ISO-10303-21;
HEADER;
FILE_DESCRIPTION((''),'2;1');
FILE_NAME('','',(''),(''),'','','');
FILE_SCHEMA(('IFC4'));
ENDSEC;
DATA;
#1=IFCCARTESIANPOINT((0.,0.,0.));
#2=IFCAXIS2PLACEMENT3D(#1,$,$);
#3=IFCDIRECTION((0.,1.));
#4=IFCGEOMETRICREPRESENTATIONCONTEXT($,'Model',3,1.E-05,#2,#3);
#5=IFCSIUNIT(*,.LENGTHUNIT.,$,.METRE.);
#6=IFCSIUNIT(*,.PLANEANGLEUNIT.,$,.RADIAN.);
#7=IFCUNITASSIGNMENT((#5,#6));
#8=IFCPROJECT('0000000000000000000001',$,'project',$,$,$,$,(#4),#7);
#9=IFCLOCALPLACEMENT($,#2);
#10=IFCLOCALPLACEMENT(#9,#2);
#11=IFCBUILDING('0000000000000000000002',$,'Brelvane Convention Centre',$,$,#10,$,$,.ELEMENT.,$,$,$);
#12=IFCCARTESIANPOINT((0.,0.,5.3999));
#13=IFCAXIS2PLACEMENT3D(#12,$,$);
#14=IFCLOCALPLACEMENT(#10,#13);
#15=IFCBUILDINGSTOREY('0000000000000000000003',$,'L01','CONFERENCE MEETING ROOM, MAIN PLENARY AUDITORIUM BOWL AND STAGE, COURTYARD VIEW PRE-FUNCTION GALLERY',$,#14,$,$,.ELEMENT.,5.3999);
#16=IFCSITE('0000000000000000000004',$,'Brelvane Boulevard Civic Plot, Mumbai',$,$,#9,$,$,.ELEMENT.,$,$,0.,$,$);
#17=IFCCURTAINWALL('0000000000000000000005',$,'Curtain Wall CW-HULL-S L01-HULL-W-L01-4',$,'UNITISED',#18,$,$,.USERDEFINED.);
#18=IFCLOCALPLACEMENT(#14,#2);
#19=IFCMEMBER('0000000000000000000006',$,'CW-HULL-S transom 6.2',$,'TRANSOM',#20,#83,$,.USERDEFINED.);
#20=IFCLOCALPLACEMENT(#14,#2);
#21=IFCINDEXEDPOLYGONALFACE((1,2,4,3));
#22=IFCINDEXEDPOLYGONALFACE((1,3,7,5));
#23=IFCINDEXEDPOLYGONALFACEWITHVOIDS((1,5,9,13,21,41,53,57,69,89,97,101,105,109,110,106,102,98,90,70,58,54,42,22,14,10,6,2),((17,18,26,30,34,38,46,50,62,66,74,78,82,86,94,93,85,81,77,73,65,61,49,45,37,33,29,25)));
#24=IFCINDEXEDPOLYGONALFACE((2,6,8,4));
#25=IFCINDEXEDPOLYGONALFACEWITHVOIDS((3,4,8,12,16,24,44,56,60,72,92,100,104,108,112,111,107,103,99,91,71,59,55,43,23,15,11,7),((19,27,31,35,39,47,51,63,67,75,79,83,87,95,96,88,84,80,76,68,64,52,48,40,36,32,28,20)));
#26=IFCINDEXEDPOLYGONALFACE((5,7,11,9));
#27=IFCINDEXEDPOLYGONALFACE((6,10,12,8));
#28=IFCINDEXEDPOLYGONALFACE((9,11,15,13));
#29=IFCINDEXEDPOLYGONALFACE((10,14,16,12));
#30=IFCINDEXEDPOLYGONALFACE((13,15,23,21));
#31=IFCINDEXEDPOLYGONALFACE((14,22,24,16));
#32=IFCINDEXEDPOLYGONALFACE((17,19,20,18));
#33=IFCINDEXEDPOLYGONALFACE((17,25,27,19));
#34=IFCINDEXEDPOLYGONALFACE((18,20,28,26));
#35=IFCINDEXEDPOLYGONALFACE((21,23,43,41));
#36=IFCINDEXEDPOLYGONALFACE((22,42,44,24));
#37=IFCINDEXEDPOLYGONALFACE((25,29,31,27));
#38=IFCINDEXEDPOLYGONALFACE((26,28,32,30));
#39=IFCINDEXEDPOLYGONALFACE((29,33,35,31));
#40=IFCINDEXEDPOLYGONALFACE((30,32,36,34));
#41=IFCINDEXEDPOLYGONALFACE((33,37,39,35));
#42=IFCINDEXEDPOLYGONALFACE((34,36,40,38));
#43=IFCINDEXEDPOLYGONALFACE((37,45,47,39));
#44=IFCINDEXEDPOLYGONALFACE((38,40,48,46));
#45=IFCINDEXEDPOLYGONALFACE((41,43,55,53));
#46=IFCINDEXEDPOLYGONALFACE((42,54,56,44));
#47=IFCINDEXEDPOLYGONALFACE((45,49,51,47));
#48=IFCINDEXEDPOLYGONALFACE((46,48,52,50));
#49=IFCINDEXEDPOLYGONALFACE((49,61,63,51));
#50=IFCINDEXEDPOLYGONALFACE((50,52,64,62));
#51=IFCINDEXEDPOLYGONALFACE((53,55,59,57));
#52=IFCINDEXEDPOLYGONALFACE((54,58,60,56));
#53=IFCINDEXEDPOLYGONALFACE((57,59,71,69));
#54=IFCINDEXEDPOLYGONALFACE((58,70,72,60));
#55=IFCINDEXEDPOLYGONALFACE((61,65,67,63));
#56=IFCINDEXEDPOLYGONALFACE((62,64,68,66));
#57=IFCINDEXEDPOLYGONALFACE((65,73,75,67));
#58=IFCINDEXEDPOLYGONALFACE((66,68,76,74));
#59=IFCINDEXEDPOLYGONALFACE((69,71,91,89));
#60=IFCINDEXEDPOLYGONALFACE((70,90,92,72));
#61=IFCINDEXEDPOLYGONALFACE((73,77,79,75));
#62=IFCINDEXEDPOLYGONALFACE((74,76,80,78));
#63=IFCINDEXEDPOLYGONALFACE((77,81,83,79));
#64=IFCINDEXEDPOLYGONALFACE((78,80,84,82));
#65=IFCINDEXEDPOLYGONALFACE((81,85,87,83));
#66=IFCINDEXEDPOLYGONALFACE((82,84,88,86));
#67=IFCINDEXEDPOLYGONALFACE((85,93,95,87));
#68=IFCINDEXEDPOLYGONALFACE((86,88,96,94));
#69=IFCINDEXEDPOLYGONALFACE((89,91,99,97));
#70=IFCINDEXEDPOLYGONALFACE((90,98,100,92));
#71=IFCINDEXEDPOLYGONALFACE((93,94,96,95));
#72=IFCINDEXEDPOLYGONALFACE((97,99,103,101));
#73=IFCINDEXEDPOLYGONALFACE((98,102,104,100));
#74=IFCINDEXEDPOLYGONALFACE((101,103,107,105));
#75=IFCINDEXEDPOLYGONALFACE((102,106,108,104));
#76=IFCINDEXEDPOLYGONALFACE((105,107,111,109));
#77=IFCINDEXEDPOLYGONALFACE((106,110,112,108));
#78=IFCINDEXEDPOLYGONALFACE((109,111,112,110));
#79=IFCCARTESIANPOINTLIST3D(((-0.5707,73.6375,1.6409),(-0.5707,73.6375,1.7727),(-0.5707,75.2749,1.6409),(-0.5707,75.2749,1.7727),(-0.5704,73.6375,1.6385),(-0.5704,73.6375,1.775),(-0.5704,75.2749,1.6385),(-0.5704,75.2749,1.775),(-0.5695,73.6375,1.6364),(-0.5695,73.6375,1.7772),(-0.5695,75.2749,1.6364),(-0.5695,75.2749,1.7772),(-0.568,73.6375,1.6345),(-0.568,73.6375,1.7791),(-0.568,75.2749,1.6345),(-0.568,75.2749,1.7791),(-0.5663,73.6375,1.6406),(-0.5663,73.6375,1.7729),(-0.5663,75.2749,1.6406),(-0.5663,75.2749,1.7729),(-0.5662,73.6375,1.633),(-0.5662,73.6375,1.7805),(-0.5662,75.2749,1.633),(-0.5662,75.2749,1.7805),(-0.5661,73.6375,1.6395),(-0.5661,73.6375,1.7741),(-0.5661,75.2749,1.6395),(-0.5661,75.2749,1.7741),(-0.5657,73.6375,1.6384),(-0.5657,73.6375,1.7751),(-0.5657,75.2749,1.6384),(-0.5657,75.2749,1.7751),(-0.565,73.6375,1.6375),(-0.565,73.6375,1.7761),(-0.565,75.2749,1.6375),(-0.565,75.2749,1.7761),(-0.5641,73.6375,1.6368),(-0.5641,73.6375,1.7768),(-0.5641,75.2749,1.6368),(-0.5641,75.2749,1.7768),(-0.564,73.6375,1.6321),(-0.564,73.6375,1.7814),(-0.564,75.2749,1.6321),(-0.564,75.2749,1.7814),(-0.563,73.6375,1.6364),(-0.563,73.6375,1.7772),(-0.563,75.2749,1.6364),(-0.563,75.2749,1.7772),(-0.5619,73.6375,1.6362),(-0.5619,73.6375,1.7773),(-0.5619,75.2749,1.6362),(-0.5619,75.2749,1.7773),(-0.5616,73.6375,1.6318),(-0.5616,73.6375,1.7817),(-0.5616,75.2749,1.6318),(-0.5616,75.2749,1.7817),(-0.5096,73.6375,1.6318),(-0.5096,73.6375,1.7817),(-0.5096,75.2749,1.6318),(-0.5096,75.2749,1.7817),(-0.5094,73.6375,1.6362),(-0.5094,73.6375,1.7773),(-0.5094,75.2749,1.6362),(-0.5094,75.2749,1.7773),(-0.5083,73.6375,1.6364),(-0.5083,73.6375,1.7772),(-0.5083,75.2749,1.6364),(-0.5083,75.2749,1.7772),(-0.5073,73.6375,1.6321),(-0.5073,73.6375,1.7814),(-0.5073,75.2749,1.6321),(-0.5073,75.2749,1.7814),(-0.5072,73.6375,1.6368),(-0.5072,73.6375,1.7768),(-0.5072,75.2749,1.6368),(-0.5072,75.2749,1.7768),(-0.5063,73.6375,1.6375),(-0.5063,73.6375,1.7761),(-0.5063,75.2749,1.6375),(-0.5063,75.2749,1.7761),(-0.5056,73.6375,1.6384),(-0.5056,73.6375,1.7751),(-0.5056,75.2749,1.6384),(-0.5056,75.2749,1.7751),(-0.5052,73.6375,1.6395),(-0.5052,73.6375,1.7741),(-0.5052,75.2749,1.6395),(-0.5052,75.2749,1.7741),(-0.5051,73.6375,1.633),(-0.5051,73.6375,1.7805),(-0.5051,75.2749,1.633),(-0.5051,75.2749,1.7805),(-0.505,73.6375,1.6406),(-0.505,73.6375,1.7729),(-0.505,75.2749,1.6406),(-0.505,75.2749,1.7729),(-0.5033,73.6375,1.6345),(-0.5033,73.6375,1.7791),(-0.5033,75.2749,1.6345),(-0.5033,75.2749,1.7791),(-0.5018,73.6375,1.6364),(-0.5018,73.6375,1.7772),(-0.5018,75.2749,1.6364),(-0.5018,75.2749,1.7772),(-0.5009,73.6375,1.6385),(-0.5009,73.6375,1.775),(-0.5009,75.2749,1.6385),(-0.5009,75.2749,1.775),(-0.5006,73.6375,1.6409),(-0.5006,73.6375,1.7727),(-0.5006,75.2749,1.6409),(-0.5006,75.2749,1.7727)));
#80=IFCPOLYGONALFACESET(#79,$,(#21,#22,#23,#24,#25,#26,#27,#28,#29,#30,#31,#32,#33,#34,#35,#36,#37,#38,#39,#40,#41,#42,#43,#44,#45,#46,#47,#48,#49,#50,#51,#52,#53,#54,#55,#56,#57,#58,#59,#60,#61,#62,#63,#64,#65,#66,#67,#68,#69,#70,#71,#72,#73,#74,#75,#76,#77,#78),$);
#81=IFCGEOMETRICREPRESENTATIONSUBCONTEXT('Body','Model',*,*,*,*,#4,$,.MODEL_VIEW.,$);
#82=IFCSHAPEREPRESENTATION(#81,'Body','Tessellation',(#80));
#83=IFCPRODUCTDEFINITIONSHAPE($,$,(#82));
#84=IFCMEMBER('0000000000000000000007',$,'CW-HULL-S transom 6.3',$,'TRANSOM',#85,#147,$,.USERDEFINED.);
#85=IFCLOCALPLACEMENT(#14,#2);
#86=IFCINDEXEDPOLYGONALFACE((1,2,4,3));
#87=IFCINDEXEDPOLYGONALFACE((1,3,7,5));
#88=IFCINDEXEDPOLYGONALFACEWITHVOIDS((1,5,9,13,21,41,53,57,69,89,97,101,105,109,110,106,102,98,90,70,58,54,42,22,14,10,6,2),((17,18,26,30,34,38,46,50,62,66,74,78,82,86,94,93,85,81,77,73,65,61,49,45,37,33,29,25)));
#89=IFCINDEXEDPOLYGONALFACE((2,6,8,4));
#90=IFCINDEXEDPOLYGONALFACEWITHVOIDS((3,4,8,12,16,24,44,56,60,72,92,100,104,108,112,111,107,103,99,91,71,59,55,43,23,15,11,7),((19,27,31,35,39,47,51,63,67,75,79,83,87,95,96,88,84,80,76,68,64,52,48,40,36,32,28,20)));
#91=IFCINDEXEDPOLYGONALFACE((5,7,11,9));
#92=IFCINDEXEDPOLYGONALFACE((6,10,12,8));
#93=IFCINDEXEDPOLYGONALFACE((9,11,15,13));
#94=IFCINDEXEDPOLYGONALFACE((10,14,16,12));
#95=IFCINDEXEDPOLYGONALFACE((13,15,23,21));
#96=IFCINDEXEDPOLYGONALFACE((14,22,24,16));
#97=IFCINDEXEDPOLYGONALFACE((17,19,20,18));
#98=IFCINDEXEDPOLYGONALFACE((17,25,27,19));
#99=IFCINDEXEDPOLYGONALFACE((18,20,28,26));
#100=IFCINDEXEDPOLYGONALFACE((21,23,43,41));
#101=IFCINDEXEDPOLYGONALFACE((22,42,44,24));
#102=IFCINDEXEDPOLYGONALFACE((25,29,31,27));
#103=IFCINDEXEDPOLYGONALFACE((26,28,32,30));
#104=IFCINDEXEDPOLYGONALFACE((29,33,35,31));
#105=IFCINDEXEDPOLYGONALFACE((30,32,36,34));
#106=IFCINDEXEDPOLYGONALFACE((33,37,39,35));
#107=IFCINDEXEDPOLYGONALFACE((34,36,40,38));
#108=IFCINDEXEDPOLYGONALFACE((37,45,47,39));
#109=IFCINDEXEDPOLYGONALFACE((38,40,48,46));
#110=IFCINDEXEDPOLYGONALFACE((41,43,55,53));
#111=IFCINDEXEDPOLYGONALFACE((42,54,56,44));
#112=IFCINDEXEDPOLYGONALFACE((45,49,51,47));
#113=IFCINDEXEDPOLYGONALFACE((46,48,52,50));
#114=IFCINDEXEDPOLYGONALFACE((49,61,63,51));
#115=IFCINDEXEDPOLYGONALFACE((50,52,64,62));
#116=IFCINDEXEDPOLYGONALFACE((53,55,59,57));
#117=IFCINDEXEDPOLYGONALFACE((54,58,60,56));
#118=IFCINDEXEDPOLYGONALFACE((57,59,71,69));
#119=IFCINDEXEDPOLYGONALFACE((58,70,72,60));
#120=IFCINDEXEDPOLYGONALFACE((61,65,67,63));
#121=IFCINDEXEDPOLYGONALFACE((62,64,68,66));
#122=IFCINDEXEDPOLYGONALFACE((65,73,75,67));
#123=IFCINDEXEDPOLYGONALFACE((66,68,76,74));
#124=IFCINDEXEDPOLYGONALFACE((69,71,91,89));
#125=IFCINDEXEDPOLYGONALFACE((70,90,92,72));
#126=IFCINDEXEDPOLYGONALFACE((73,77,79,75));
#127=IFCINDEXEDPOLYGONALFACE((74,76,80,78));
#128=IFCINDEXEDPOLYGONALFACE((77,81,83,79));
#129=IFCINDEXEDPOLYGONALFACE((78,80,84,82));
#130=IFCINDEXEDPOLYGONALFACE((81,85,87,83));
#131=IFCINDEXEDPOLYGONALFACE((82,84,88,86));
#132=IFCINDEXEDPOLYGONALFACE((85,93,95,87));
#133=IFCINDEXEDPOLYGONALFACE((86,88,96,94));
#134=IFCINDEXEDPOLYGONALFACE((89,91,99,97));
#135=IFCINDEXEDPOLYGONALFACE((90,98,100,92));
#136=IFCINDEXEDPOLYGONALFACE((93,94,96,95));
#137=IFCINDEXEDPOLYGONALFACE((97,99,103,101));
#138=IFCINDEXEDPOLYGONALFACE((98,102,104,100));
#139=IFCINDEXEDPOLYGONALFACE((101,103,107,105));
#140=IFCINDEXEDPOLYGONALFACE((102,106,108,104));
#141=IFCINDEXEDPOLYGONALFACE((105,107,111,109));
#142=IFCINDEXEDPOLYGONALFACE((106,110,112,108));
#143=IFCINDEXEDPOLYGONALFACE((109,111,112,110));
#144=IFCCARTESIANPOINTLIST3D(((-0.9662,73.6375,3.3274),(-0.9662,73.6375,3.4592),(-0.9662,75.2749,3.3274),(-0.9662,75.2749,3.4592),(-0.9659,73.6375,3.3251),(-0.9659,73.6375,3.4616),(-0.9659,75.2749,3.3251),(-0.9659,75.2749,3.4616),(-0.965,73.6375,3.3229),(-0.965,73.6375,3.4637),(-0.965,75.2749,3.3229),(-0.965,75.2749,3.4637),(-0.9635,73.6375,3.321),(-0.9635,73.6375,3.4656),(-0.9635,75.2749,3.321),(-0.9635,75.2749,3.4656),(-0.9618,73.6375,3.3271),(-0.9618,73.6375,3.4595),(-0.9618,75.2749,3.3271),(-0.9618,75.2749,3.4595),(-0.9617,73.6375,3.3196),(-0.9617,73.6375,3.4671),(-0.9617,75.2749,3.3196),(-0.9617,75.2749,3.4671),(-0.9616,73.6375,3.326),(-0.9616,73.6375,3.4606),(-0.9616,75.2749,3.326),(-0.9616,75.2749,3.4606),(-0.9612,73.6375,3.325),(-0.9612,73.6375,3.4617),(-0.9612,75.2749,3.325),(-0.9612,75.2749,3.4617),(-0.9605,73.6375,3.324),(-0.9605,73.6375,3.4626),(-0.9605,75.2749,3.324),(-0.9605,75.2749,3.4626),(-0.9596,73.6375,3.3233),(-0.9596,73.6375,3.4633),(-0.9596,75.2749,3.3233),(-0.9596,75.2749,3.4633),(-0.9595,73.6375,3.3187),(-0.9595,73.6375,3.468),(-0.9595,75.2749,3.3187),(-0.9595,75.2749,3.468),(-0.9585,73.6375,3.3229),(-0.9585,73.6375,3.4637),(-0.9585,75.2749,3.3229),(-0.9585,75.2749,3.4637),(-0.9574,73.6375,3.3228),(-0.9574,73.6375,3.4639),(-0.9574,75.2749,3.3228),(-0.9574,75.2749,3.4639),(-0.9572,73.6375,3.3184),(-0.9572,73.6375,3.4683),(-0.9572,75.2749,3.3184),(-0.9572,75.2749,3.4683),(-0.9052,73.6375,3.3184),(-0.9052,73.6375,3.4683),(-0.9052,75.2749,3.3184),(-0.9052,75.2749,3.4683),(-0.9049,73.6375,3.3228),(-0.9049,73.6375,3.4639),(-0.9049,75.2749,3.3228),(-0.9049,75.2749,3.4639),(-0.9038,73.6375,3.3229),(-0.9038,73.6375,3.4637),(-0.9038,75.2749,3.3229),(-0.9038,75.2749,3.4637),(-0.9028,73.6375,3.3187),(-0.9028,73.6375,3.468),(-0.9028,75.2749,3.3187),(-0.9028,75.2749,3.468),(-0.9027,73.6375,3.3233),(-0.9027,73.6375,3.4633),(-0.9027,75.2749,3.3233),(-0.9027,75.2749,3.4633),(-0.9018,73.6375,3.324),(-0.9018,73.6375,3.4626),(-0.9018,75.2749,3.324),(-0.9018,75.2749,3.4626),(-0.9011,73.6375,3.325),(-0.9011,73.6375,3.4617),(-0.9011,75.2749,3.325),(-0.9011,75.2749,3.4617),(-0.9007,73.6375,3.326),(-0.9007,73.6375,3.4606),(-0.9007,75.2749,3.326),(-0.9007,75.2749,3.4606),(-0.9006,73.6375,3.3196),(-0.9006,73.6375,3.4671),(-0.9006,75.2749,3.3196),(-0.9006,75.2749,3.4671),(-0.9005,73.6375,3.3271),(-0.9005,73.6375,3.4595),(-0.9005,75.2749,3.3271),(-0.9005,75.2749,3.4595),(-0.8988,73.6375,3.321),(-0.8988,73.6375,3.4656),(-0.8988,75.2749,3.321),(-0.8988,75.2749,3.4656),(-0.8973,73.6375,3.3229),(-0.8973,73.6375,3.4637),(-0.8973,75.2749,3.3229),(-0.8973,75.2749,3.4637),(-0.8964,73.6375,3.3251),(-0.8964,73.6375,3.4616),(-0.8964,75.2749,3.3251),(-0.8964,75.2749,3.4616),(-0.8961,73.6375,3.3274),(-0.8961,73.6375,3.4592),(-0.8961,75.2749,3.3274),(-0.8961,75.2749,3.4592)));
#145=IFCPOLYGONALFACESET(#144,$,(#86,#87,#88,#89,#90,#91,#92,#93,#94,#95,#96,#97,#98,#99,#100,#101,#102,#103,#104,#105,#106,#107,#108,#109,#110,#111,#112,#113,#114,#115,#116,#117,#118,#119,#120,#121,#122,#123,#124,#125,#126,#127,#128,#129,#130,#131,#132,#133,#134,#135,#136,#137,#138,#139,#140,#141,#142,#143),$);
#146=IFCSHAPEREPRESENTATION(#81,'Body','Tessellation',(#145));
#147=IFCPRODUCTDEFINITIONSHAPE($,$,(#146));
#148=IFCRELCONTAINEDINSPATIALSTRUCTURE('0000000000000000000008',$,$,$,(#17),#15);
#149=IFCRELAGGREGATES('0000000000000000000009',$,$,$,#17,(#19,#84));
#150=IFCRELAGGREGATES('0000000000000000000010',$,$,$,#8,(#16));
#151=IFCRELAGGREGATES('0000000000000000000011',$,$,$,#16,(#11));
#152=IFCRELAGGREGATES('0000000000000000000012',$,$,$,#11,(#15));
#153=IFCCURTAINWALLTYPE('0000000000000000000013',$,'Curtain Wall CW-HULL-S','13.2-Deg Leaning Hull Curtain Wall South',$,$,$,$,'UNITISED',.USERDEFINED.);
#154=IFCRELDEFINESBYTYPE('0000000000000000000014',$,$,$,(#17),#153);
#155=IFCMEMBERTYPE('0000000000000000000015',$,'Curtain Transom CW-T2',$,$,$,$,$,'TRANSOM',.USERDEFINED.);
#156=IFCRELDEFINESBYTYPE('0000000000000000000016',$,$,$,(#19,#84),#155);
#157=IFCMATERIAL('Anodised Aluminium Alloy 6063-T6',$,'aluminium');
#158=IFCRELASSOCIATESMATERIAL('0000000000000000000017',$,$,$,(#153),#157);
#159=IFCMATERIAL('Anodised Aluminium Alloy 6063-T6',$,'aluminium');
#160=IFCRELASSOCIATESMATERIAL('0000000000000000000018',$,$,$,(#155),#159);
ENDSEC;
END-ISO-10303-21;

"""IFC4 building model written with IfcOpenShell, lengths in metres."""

from ifc_helpers import new_model, si_unit, direction, frame, origin, origin_2d, place, context, subcontext, project, spatial, hollow_rectangle, extrude, material, material_profile, profile_set, type_object, element, aggregate, save


model = new_model("IFC4")

# Units and contexts
model_context = context("Model", 3, precision=1e-05, world=origin(), true_north=direction((0.0, 1.0)))
body_context = subcontext(model_context, "Body", "Model", "MODEL_VIEW")
ifc_project = project(units=[si_unit("LENGTHUNIT", "METRE"), si_unit("PLANEANGLEUNIT", "RADIAN")], contexts=[model_context])

# Site, building, storey
site_placement = place(None, origin())
site = spatial("IfcSite", under=ifc_project, at=site_placement, Name="Brelvane Boulevard Civic Plot, Mumbai", CompositionType="ELEMENT", RefElevation=0.0)
building_placement = place(site_placement, origin())
building = spatial("IfcBuilding", under=site, at=building_placement, Name="Brelvane Convention Centre", CompositionType="ELEMENT")
storey_placement = place(building_placement, frame((0.0, 0.0, 5.3999)))
storey = spatial("IfcBuildingStorey", under=building, at=storey_placement, Name="L01", Description="CONFERENCE MEETING ROOM, MAIN PLENARY AUDITORIUM BOWL AND STAGE, COURTYARD VIEW PRE-FUNCTION GALLERY", CompositionType="ELEMENT", Elevation=5.3999)

# Curtain wall
ifc_material_1 = material(Name="Anodised Aluminium Alloy 6063-T6", Category="aluminium")
curtain_wall_type = type_object("IfcCurtainWallType", Name="Curtain Wall CW-HULL-S", Description="13.2-Deg Leaning Hull Curtain Wall South", ElementType="UNITISED", PredefinedType="USERDEFINED", material=ifc_material_1)
curtain_wall_1_placement = place(storey_placement, origin())
curtain_wall_1 = element("IfcCurtainWall", 1, at=curtain_wall_1_placement, inside=storey, type_object=curtain_wall_type, Name="Curtain Wall CW-HULL-S L01-HULL-W-L01-4", ObjectType="UNITISED", PredefinedType="USERDEFINED")

# Members
ifc_material_2 = material(Name="Anodised Aluminium Alloy 6063-T6", Category="aluminium")
ifc_material_profile_1 = material_profile(ifc_material_2, hollow_rectangle(XDim=0.0701, YDim=0.1499, WallThickness=0.0044, InnerFilletRadius=0.0044, OuterFilletRadius=0.009, at=origin_2d()), Name="ALU-T 150x70x4.5")
ifc_profile_set_1 = profile_set([ifc_material_profile_1], Name="Anodised Aluminium Alloy 6063-T6")
member_type_1 = type_object("IfcMemberType", Name="Curtain Transom CW-T2", ElementType="TRANSOM", PredefinedType="USERDEFINED", material=ifc_profile_set_1)
member_1_placement = place(storey_placement, frame((-0.5356, 73.6375, 1.7068), z_axis=(0.0, 1.0, 0.0), x_axis=(-1.0, 0.0, 0.0)))
member_1 = element("IfcMember", 2, at=member_1_placement, type_object=member_type_1, Name="CW-HULL-S transom 6.2", ObjectType="TRANSOM", PredefinedType="USERDEFINED", context=body_context, shape_type="SweptSolid", body=[
    extrude(hollow_rectangle(XDim=0.0701, YDim=0.1499, WallThickness=0.0044, InnerFilletRadius=0.0044, OuterFilletRadius=0.009, at=origin_2d()), origin(), (0.0, 0.0, 1.0), 1.6375),
])
member_2_placement = place(storey_placement, frame((-0.9312, 73.6375, 3.3933), z_axis=(0.0, 1.0, 0.0), x_axis=(-1.0, 0.0, 0.0)))
member_2 = element("IfcMember", 3, at=member_2_placement, type_object=member_type_1, Name="CW-HULL-S transom 6.3", ObjectType="TRANSOM", PredefinedType="USERDEFINED", context=body_context, shape_type="SweptSolid", body=[
    extrude(hollow_rectangle(XDim=0.0701, YDim=0.1499, WallThickness=0.0044, InnerFilletRadius=0.0044, OuterFilletRadius=0.009, at=origin_2d()), origin(), (0.0, 0.0, 1.0), 1.6375),
])

aggregate(curtain_wall_1, [member_1, member_2])

save(model, "model.ifc")
